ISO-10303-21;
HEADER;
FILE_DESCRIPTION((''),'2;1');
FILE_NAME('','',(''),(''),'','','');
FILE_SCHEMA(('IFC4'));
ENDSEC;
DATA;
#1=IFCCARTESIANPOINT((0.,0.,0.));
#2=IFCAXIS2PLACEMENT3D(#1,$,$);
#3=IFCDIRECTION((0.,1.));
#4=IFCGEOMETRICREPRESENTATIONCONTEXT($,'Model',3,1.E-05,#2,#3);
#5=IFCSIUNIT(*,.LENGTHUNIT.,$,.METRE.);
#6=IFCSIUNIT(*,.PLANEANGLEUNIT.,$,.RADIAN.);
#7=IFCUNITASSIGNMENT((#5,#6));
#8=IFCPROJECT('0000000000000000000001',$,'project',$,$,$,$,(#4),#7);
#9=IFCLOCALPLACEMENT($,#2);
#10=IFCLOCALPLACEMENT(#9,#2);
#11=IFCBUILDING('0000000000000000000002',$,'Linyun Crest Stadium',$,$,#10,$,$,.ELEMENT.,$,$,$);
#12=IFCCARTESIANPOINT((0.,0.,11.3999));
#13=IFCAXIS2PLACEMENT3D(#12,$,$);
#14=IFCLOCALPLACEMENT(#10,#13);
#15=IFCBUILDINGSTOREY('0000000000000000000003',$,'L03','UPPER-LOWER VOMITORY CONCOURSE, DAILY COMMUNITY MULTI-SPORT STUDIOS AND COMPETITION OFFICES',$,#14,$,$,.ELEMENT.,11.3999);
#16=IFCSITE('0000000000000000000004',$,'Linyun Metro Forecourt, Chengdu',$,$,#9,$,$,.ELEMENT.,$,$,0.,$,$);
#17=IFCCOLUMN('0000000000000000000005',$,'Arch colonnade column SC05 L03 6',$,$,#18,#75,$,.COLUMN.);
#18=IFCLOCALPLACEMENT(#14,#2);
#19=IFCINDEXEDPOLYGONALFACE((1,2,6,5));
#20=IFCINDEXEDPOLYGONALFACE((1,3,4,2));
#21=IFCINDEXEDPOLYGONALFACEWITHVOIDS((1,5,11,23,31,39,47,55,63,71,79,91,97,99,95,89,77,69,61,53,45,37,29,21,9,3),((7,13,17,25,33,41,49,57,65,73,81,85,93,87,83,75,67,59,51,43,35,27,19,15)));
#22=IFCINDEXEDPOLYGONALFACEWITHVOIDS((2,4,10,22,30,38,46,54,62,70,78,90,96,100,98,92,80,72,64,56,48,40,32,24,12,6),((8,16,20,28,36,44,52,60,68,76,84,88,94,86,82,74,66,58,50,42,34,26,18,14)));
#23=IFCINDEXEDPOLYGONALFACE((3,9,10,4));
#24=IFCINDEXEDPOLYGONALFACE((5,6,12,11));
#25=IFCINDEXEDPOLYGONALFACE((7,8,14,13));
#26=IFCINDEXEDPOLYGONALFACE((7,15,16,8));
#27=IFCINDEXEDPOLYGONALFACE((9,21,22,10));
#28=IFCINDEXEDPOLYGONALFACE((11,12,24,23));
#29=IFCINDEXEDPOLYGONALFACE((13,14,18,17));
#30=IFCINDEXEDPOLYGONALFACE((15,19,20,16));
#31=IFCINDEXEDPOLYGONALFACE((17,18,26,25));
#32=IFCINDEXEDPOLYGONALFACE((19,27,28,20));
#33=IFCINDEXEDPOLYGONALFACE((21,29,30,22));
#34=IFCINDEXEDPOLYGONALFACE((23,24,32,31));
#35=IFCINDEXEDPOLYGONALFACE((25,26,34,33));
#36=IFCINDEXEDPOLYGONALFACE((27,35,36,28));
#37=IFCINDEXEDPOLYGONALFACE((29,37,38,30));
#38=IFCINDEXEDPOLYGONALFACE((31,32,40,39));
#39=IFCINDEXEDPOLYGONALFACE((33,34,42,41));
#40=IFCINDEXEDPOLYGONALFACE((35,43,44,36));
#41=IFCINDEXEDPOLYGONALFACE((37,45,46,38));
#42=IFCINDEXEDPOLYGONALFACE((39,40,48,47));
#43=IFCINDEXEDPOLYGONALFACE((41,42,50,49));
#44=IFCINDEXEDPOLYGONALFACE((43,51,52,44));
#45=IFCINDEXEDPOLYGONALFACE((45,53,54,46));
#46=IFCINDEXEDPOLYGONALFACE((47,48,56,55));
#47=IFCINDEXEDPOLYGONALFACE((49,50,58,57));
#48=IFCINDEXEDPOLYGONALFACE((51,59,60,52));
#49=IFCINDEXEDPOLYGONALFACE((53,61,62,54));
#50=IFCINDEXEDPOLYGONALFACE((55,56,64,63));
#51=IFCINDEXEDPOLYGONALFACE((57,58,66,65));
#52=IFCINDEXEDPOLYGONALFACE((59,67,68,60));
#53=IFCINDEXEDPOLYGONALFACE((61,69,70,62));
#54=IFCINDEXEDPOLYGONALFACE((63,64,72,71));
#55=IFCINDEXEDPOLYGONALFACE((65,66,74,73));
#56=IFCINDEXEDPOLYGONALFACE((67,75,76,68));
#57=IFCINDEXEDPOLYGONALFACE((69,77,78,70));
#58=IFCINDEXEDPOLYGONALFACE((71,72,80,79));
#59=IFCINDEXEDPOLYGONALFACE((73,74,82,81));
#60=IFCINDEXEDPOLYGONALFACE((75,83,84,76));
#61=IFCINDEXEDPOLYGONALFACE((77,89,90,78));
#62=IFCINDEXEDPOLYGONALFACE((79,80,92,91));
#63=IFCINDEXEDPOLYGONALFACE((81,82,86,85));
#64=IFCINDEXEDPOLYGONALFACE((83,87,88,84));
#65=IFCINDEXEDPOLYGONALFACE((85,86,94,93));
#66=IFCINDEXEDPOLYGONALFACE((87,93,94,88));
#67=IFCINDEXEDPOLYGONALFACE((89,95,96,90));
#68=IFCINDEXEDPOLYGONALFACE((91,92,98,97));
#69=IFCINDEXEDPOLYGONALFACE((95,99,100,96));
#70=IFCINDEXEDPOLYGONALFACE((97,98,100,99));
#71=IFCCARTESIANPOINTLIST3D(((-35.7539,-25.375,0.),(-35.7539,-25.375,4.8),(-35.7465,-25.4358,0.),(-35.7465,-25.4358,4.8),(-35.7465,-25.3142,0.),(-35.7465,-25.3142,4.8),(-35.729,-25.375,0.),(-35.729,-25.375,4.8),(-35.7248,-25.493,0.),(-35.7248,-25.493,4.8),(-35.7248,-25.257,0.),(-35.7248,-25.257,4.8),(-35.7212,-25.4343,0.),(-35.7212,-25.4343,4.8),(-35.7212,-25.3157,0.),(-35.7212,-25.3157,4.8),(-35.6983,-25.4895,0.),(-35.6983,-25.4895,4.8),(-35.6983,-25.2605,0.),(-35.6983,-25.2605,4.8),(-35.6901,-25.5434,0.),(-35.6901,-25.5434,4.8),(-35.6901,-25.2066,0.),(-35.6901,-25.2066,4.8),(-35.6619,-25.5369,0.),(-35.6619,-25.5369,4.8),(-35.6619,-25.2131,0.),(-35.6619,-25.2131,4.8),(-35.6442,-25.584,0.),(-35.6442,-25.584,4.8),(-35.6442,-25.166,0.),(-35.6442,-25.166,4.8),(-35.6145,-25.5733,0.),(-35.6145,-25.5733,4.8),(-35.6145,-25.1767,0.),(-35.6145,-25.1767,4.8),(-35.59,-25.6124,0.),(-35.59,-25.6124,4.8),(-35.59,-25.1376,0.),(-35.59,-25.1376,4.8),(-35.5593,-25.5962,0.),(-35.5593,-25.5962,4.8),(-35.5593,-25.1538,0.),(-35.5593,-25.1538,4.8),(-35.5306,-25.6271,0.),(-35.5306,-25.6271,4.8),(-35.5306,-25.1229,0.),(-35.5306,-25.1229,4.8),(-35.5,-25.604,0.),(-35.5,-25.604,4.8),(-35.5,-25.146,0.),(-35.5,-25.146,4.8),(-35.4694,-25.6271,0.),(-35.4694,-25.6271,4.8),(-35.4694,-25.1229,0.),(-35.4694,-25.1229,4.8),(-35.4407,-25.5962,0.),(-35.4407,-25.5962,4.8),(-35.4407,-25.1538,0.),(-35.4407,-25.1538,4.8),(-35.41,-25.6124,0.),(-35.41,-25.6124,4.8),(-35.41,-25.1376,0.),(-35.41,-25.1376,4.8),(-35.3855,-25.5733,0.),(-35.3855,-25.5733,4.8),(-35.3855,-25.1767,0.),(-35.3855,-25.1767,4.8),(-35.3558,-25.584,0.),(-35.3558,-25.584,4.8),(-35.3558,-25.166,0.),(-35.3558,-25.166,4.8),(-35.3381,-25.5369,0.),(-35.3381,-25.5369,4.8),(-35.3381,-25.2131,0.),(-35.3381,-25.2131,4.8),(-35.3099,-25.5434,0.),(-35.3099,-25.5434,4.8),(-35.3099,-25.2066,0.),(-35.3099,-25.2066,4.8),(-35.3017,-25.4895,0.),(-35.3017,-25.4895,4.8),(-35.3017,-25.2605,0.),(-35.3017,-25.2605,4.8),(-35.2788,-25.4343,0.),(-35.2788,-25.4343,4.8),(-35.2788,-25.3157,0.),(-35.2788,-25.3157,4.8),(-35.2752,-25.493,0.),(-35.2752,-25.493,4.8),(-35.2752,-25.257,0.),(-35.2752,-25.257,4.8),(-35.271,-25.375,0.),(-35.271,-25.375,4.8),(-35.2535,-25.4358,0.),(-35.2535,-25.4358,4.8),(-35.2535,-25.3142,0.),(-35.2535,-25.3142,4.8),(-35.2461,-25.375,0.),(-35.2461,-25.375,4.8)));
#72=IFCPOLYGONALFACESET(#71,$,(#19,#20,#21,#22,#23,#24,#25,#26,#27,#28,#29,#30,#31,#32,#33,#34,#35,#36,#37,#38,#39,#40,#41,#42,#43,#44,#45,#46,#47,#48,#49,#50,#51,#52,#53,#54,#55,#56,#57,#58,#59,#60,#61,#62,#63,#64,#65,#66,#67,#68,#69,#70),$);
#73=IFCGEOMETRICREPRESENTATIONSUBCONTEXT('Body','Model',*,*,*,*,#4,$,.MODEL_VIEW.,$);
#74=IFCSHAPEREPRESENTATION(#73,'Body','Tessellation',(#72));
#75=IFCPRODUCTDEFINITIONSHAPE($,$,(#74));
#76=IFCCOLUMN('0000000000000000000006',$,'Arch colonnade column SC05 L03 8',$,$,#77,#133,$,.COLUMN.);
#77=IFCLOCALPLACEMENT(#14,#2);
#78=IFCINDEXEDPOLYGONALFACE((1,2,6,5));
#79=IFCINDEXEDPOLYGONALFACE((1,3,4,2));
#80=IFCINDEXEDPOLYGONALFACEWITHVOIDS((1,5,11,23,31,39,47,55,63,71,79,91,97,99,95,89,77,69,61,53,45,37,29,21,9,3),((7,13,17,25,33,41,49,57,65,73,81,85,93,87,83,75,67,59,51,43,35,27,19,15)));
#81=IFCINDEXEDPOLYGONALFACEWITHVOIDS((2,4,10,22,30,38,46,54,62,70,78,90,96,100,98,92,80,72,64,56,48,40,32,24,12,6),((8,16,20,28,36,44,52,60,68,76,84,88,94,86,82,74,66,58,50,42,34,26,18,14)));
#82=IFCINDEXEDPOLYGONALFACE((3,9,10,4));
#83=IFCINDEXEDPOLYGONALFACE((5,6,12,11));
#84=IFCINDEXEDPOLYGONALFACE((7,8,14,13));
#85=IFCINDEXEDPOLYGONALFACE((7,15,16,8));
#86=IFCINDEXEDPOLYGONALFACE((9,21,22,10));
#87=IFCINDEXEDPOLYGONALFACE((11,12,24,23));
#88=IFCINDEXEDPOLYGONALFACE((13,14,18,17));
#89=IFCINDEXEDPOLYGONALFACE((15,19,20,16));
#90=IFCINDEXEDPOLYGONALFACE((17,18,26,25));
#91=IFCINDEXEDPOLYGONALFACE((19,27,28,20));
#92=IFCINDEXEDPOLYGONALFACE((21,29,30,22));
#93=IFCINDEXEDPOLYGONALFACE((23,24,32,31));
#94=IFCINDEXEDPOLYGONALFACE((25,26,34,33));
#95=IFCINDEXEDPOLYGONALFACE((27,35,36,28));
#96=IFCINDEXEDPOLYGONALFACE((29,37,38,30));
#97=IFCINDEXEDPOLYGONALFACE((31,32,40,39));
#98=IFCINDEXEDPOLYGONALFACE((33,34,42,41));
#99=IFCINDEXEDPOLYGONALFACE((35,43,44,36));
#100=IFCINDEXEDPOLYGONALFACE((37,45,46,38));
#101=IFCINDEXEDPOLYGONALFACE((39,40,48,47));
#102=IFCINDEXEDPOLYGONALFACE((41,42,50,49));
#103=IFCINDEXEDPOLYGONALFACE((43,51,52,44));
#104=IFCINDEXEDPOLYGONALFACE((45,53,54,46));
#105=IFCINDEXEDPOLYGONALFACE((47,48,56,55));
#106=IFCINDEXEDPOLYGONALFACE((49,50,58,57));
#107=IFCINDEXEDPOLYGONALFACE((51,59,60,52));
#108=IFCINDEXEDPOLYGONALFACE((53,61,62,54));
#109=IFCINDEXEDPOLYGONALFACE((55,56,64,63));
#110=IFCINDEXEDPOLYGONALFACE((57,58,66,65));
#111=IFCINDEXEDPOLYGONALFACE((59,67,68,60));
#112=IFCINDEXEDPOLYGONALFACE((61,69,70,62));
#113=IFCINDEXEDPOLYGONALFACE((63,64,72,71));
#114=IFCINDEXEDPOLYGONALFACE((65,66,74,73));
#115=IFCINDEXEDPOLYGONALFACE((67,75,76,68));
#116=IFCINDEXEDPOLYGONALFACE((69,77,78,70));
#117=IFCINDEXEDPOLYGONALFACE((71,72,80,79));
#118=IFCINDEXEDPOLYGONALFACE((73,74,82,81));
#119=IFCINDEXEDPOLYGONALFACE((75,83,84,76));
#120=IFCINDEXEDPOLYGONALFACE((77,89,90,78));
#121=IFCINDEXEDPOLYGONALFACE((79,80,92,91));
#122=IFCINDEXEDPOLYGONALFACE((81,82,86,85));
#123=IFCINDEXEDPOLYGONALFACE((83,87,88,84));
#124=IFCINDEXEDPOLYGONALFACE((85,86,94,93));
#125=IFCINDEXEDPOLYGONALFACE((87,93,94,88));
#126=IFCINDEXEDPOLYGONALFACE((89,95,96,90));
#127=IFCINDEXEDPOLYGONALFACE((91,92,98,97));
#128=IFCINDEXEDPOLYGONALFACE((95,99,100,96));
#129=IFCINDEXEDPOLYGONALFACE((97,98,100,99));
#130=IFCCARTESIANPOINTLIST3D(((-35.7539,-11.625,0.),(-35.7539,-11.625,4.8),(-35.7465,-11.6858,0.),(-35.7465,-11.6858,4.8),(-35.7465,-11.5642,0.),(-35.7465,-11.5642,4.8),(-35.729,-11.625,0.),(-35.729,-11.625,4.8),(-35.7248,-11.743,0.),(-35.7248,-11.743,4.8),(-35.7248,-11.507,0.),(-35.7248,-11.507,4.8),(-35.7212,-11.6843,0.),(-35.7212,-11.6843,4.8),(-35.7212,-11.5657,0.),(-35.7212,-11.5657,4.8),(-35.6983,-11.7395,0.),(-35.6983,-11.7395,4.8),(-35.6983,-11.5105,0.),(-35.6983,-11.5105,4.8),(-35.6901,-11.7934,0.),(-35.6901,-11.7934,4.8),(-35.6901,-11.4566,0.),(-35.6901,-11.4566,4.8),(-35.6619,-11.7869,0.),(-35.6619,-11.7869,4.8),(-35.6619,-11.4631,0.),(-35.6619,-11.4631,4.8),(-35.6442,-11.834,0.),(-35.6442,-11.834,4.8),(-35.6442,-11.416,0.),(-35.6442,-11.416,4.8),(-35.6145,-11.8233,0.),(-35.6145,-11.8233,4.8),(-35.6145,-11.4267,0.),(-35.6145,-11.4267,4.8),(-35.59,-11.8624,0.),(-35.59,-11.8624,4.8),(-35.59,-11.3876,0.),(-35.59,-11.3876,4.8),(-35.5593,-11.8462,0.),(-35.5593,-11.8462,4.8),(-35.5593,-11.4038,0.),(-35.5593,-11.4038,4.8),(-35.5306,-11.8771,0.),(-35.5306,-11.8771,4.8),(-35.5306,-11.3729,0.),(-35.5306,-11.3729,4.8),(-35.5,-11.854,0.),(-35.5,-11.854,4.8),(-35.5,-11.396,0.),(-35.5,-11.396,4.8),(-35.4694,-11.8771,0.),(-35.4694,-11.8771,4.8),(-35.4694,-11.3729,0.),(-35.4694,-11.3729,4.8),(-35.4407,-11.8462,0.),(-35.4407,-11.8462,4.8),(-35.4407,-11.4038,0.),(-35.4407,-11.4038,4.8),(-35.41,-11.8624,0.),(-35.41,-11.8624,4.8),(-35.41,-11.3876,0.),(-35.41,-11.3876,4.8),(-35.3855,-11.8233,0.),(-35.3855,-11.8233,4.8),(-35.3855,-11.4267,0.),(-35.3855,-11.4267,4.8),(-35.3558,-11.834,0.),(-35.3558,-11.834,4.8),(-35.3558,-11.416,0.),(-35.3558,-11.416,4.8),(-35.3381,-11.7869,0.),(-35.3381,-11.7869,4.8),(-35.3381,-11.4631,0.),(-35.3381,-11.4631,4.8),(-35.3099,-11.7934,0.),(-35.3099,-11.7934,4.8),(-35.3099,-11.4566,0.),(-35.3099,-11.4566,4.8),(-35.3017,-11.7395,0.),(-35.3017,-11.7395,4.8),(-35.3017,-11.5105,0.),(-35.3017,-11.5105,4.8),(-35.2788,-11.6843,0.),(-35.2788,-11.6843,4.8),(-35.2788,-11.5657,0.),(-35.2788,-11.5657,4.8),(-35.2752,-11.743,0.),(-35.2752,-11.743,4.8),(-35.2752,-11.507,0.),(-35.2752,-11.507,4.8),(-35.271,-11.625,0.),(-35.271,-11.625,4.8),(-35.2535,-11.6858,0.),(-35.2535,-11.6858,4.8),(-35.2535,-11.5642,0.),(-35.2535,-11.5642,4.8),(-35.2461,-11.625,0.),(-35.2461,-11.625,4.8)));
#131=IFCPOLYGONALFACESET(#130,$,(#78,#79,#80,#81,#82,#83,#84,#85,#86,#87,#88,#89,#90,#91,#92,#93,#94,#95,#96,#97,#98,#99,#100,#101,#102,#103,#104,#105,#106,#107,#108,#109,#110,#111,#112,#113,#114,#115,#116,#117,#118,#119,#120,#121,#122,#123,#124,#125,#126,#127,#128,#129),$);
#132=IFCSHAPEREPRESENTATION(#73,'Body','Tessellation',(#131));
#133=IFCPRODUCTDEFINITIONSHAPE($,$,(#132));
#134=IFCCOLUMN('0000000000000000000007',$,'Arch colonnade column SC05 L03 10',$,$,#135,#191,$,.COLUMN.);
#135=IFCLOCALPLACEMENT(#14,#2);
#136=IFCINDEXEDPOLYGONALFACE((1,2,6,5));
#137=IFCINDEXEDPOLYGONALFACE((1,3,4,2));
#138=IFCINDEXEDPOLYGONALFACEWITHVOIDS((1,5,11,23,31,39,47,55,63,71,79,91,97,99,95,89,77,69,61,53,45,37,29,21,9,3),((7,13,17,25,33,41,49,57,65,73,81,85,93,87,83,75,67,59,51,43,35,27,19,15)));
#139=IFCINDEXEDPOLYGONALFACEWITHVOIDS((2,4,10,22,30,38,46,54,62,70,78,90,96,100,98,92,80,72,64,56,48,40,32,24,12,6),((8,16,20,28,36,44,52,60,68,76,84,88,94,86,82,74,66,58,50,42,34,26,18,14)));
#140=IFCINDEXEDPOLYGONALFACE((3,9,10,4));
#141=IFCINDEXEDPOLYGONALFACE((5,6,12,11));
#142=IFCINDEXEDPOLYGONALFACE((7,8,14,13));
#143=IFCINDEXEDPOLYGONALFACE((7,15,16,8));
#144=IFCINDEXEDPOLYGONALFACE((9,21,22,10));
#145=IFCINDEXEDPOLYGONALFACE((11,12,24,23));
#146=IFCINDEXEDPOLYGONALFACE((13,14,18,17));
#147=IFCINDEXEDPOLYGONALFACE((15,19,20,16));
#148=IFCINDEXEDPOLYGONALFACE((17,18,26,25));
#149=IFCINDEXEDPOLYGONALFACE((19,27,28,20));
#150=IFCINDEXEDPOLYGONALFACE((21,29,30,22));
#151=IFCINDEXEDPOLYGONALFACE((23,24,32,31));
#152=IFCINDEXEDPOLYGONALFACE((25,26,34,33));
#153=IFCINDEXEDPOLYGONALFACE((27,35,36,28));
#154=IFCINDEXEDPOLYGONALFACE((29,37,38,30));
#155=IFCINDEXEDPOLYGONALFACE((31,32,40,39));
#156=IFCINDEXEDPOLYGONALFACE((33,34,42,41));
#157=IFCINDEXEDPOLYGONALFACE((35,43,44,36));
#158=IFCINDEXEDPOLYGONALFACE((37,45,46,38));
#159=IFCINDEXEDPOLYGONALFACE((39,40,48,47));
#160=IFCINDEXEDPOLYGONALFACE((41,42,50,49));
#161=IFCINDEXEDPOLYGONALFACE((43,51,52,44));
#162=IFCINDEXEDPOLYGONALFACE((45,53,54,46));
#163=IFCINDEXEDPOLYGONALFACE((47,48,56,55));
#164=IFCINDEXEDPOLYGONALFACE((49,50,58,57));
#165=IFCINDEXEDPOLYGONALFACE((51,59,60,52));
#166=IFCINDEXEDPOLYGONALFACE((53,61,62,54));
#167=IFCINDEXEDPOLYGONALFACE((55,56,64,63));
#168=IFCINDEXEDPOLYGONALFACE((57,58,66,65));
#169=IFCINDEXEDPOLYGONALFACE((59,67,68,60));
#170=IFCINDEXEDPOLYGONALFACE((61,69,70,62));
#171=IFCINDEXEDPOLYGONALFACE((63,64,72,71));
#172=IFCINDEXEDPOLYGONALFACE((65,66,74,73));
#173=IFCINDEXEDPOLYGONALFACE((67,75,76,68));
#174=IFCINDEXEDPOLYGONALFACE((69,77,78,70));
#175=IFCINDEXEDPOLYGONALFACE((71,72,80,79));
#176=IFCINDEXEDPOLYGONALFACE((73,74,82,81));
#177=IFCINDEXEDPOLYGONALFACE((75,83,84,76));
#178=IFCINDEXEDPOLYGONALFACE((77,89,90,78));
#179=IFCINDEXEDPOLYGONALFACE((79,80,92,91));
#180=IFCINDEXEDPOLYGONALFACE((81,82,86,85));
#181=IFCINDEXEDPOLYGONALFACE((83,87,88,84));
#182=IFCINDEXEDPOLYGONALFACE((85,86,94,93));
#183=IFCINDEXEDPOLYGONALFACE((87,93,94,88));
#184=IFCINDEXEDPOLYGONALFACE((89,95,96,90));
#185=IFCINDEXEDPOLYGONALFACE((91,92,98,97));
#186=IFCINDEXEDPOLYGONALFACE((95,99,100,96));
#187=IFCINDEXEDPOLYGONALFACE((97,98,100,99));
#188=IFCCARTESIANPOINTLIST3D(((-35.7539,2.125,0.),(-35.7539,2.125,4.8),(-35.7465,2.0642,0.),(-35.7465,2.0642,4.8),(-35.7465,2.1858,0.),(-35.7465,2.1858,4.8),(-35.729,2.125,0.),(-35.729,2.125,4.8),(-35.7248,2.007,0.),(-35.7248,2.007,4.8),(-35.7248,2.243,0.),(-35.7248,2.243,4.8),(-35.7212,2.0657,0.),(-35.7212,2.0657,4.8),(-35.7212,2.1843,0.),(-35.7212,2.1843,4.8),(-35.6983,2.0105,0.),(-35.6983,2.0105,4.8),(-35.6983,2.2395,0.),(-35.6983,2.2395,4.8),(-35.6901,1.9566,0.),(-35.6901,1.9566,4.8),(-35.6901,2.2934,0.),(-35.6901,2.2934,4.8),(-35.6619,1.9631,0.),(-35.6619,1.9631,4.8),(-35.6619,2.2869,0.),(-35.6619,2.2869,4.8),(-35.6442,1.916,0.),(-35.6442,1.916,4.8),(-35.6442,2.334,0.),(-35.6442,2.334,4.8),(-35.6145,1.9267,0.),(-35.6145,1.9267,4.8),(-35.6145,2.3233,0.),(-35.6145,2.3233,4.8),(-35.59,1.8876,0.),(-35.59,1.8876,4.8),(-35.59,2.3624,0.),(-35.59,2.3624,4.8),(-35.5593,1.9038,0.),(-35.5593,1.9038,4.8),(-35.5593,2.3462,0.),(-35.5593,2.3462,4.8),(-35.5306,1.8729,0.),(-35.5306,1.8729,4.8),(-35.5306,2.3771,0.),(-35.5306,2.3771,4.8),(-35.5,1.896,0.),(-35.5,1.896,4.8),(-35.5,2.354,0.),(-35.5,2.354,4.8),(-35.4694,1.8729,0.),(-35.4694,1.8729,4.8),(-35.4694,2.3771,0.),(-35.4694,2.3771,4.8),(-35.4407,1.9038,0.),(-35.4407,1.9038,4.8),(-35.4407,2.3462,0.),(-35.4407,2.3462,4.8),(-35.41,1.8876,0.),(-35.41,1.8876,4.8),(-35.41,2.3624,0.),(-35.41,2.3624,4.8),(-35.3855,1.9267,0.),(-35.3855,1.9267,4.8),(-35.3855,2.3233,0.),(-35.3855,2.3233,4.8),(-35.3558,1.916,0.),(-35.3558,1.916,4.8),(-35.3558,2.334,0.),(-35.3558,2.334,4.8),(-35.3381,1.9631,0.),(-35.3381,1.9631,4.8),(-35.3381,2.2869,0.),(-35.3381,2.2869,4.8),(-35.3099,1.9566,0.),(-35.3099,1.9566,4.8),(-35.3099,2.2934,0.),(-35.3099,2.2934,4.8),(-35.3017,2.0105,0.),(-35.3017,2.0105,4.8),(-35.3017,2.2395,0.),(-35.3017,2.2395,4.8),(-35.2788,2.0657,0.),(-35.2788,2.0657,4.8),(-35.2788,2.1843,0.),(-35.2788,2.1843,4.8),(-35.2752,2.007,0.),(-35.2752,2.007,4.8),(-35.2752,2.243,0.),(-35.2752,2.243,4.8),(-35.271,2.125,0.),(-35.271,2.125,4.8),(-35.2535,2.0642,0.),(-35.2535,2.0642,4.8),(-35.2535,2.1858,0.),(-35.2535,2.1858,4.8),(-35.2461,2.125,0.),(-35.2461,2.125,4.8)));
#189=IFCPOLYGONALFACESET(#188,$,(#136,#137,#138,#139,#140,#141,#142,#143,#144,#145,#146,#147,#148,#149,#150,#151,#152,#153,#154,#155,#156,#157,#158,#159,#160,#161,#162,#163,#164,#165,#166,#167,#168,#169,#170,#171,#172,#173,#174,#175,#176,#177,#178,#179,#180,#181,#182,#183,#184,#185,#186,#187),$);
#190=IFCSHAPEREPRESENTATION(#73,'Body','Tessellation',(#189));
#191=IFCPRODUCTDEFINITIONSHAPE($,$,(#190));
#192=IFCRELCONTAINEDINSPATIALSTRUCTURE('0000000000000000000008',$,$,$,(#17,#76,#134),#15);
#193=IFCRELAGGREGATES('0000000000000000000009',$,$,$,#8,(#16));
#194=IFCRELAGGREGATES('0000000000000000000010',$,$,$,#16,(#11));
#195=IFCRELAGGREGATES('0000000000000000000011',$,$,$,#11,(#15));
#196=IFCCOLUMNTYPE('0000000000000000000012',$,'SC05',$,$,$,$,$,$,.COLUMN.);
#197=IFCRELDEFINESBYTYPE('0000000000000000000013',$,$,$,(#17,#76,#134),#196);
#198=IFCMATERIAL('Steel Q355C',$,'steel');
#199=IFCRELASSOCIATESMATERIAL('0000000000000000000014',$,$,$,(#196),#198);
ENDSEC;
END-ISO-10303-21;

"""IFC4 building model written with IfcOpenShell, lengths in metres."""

from ifc_helpers import new_model, si_unit, direction, frame, origin, origin_2d, place, context, subcontext, project, spatial, hollow_circle, extrude, material, material_profile, profile_set, type_object, element, save


model = new_model("IFC4")

# Units and contexts
model_context = context("Model", 3, precision=1e-05, world=origin(), true_north=direction((0.0, 1.0)))
body_context = subcontext(model_context, "Body", "Model", "MODEL_VIEW")
ifc_project = project(units=[si_unit("LENGTHUNIT", "METRE"), si_unit("PLANEANGLEUNIT", "RADIAN")], contexts=[model_context])

# Site, building, storey
site_placement = place(None, origin())
site = spatial("IfcSite", under=ifc_project, at=site_placement, Name="Linyun Metro Forecourt, Chengdu", CompositionType="ELEMENT", RefElevation=0.0)
building_placement = place(site_placement, origin())
building = spatial("IfcBuilding", under=site, at=building_placement, Name="Linyun Crest Stadium", CompositionType="ELEMENT")
storey_placement = place(building_placement, frame((0.0, 0.0, 11.3999)))
storey = spatial("IfcBuildingStorey", under=building, at=storey_placement, Name="L03", Description="UPPER-LOWER VOMITORY CONCOURSE, DAILY COMMUNITY MULTI-SPORT STUDIOS AND COMPETITION OFFICES", CompositionType="ELEMENT", Elevation=11.3999)

# Columns
ifc_material_1 = material(Name="Steel Q355C", Category="steel")
ifc_material_profile_1 = material_profile(ifc_material_1, hollow_circle(Radius=0.2539, WallThickness=0.0249, at=origin_2d()), Name="CHS 508x25")
ifc_profile_set_1 = profile_set([ifc_material_profile_1], Name="Steel Q355C")
column_type = type_object("IfcColumnType", Name="SC05", PredefinedType="COLUMN", material=ifc_profile_set_1)
for number, where, z_axis, x_axis, name in (
    (1, (-35.5, -25.375, 0.0), (0.0, 0.0, 1.0), (1.0, 0.0, 0.0), "Arch colonnade column SC05 L03 6"),
    (2, (-35.5, -11.625, 0.0), (0.0, 0.0, 1.0), (1.0, 0.0, 0.0), "Arch colonnade column SC05 L03 8"),
    (3, (-35.5, 2.125, 0.0), (0.0, 0.0, 1.0), (1.0, 0.0, 0.0), "Arch colonnade column SC05 L03 10"),
):
    element("IfcColumn", number, at=place(storey_placement, frame(where, z_axis=z_axis, x_axis=x_axis)), inside=storey, type_object=column_type, Name=name, PredefinedType="COLUMN", context=body_context, shape_type="SweptSolid", body=[
        extrude(hollow_circle(Radius=0.2539, WallThickness=0.0249, at=origin_2d()), origin(), (0.0, 0.0, 1.0), 4.8),
    ])

save(model, "model.ifc")
